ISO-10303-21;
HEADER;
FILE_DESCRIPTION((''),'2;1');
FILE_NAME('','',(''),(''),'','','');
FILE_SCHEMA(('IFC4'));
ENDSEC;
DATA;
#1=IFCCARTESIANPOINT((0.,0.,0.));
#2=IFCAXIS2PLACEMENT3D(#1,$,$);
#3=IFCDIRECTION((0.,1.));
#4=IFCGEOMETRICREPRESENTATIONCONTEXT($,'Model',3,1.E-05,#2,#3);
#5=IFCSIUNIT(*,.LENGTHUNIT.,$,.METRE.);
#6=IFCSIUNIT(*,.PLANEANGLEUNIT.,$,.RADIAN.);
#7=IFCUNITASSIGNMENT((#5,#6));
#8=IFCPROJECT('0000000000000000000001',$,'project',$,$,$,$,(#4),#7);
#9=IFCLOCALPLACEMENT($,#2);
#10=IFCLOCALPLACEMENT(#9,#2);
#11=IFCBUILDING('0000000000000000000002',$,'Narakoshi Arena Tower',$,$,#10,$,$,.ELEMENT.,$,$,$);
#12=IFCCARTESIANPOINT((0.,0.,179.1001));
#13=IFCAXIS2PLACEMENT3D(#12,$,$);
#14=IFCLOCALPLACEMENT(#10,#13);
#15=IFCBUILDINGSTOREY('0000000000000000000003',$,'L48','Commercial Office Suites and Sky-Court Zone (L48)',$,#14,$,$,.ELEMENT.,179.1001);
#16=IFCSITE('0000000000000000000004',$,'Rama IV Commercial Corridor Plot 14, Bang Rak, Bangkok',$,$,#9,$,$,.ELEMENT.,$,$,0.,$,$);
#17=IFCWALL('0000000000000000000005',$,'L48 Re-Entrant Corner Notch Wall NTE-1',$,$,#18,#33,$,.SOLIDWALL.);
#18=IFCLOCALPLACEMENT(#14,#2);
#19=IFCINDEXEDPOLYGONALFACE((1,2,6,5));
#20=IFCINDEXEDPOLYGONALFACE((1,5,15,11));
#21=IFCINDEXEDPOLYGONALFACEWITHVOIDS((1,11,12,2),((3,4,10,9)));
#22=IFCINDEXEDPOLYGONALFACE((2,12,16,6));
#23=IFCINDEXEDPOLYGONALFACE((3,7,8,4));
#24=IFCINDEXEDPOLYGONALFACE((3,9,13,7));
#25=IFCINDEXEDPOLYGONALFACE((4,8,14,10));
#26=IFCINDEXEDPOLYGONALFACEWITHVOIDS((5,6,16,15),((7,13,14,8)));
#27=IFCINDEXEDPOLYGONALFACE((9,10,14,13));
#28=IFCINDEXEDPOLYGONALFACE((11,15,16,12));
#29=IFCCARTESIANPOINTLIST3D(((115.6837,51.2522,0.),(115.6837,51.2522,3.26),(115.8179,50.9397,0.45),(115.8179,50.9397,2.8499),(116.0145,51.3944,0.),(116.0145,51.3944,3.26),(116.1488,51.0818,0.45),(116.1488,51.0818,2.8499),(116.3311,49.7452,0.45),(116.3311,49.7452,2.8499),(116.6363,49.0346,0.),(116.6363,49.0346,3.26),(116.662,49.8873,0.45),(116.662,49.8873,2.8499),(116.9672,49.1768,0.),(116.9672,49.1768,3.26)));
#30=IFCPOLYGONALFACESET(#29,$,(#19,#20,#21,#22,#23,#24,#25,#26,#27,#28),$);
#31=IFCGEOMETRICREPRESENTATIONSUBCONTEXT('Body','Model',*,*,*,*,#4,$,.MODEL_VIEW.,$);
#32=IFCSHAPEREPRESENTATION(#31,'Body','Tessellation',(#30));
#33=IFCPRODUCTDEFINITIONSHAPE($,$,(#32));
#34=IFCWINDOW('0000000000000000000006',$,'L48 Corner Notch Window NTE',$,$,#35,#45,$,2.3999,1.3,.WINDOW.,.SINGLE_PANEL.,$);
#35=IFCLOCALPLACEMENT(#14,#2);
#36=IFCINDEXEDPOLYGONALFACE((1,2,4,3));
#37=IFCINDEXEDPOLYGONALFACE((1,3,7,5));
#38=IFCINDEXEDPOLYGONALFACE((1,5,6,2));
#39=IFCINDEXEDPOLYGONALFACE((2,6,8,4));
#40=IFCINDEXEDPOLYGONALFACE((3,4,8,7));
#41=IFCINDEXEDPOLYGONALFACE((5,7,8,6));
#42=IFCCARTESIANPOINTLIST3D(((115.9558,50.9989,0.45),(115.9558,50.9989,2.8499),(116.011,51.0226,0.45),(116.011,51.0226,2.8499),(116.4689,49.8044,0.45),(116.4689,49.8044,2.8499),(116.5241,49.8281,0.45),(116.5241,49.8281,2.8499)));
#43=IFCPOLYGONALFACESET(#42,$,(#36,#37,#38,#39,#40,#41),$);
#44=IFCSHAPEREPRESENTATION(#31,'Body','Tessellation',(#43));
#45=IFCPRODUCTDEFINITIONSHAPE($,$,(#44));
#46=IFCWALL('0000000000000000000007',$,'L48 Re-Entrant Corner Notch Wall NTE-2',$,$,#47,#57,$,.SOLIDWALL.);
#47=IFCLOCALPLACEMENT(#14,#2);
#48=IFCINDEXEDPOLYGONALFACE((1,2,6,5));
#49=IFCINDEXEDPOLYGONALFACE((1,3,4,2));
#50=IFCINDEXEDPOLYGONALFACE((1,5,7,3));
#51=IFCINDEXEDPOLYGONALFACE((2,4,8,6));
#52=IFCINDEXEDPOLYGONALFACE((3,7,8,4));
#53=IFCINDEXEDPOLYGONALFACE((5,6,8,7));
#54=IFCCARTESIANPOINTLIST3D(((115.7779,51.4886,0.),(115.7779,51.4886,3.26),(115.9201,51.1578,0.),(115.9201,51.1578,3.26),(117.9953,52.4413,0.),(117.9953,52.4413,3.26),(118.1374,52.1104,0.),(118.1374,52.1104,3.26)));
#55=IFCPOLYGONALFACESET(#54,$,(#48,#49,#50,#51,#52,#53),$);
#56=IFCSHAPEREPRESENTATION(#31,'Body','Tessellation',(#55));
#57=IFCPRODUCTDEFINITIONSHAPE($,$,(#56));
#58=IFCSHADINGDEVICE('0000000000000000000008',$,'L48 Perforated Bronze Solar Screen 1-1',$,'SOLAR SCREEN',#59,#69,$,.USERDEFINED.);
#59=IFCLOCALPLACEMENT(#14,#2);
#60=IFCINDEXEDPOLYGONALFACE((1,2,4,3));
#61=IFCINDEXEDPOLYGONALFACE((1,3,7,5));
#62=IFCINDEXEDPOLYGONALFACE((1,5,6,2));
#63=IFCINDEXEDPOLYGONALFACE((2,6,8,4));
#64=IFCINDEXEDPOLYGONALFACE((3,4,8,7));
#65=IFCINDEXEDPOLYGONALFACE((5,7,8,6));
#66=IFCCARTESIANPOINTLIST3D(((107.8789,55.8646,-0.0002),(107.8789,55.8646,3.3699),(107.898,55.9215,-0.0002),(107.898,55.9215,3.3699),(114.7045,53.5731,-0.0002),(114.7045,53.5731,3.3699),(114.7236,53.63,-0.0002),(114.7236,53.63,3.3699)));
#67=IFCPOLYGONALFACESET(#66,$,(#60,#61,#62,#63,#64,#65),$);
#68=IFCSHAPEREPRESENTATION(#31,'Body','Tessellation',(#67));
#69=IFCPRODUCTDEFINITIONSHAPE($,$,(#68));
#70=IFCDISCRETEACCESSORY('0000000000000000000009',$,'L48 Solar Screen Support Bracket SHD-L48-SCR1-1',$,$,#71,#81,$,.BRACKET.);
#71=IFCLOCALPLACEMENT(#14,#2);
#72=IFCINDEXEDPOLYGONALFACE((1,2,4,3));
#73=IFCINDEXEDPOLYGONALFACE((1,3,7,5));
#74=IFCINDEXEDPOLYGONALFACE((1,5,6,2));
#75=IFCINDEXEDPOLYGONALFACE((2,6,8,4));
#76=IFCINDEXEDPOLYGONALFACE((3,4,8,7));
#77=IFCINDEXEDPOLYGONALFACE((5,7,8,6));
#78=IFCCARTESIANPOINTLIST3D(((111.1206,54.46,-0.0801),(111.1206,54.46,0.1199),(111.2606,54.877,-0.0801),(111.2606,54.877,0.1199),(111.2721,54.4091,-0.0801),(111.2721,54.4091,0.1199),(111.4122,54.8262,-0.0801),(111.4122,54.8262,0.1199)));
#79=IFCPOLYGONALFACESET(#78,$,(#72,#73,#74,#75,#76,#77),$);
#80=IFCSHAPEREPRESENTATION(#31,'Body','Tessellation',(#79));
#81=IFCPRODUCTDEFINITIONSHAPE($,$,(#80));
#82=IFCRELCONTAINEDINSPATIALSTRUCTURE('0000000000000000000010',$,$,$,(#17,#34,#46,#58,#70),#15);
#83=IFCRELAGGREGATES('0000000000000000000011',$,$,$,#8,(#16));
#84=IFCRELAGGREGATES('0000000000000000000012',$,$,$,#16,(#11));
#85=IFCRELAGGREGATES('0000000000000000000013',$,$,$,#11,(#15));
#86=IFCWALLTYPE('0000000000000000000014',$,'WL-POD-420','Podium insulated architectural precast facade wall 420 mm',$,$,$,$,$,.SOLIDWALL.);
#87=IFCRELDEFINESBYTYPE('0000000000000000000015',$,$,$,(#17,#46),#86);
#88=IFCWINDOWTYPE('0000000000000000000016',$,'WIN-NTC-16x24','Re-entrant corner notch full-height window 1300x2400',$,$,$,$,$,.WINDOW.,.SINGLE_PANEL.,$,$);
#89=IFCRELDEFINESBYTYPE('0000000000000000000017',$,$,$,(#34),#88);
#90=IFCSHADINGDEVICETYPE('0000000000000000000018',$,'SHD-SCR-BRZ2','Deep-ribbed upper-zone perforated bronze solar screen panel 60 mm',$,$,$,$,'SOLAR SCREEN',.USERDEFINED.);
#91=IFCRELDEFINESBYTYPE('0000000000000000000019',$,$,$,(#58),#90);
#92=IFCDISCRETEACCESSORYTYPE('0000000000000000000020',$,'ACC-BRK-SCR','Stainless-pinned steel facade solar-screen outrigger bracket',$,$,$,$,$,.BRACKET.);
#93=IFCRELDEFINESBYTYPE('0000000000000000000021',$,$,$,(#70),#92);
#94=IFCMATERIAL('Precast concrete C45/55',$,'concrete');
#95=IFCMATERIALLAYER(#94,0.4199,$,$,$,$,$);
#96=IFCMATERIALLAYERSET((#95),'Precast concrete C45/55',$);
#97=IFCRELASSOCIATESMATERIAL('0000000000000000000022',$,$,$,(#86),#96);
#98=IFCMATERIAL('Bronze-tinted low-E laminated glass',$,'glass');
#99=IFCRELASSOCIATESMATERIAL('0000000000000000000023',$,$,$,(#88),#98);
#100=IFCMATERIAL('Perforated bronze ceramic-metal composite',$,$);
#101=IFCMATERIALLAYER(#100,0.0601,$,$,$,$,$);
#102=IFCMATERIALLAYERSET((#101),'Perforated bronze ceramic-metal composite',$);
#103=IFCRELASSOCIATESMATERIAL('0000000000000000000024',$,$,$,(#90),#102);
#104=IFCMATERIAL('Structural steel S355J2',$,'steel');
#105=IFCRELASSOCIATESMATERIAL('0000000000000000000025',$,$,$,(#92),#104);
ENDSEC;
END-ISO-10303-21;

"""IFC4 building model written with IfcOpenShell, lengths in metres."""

from ifc_helpers import new_model, si_unit, direction, frame, frame_2d, origin, origin_2d, place, context, subcontext, project, spatial, rectangle, extrude, material, layer, layer_set, type_object, element, fill, save


model = new_model("IFC4")

# Units and contexts
model_context = context("Model", 3, precision=1e-05, world=origin(), true_north=direction((0.0, 1.0)))
body_context = subcontext(model_context, "Body", "Model", "MODEL_VIEW")
ifc_project = project(units=[si_unit("LENGTHUNIT", "METRE"), si_unit("PLANEANGLEUNIT", "RADIAN")], contexts=[model_context])

# Site, building, storey
site_placement = place(None, origin())
site = spatial("IfcSite", under=ifc_project, at=site_placement, Name="Rama IV Commercial Corridor Plot 14, Bang Rak, Bangkok", CompositionType="ELEMENT", RefElevation=0.0)
building_placement = place(site_placement, origin())
building = spatial("IfcBuilding", under=site, at=building_placement, Name="Narakoshi Arena Tower", CompositionType="ELEMENT")
storey_placement = place(building_placement, frame((0.0, 0.0, 179.1001)))
storey = spatial("IfcBuildingStorey", under=building, at=storey_placement, Name="L48", Description="Commercial Office Suites and Sky-Court Zone (L48)", CompositionType="ELEMENT", Elevation=179.1001)

# Shared definitions
ifc_material_1 = material(Name="Structural steel S355J2", Category="steel")

# Shared definitions
ifc_material_2 = material(Name="Bronze-tinted low-E laminated glass", Category="glass")

# Shared definitions
ifc_material_3 = material(Name="Precast concrete C45/55", Category="concrete")

# Wall, opening, window
ifc_layer_1 = layer(ifc_material_3, 0.4199)
ifc_layer_set_1 = layer_set([ifc_layer_1], Name="Precast concrete C45/55")
wall_type_1 = type_object("IfcWallType", Name="WL-POD-420", Description="Podium insulated architectural precast facade wall 420 mm", PredefinedType="SOLIDWALL", material=ifc_layer_set_1)
wall_1_placement = place(storey_placement, frame((116.8018, 49.1057, 0.0), z_axis=(0.0, 0.0, 1.0), x_axis=(-0.394713, 0.918805, 0.0)))
wall_1 = element("IfcWall", 1, at=wall_1_placement, inside=storey, type_object=wall_type_1, Name="L48 Re-Entrant Corner Notch Wall NTE-1", PredefinedType="SOLIDWALL", context=body_context, shape_type="SweptSolid", body=[
    extrude(rectangle(XDim=2.4136, YDim=0.3601, at=frame_2d((1.2068, 0.0))), origin(), (0.0, 0.0, 1.0), 3.26),
])
opening_1_placement = place(wall_1_placement, frame((0.7734, 0.0, 0.45)))
opening_1 = element("IfcOpeningElement", 2, at=opening_1_placement, cuts=wall_1, PredefinedType="OPENING", context=body_context, shape_type="SweptSolid", body=[
    extrude(rectangle(XDim=1.3, YDim=2.3999, at=frame_2d((0.6499, 1.2))), frame((0.0, 0.1899, 0.0), z_axis=(0.0, -1.0, 0.0), x_axis=(1.0, 0.0, 0.0)), (0.0, 0.0, 1.0), 0.3801),
])
window_type_1 = type_object("IfcWindowType", Name="WIN-NTC-16x24", Description="Re-entrant corner notch full-height window 1300x2400", PartitioningType="SINGLE_PANEL", PredefinedType="WINDOW", material=ifc_material_2)
window_1_placement = place(opening_1_placement, origin())
window_1 = element("IfcWindow", 3, at=window_1_placement, inside=storey, type_object=window_type_1, Name="L48 Corner Notch Window NTE", OverallHeight=2.3999, OverallWidth=1.3, PartitioningType="SINGLE_PANEL", PredefinedType="WINDOW", context=body_context, shape_type="SweptSolid", body=[
    extrude(rectangle(XDim=1.3, YDim=2.3999, at=frame_2d((0.6499, 1.2))), frame((0.0, 0.03, 0.0), z_axis=(0.0, -1.0, 0.0), x_axis=(1.0, 0.0, 0.0)), (0.0, 0.0, 1.0), 0.0601),
])
fill(opening_1, window_1)

# Wall
wall_2_placement = place(storey_placement, frame((115.8491, 51.3232, 0.0), z_axis=(0.0, 0.0, 1.0), x_axis=(0.918789, 0.394749, 0.0)))
element("IfcWall", 4, at=wall_2_placement, inside=storey, type_object=wall_type_1, Name="L48 Re-Entrant Corner Notch Wall NTE-2", PredefinedType="SOLIDWALL", context=body_context, shape_type="SweptSolid", body=[
    extrude(rectangle(XDim=2.4133, YDim=0.3601, at=frame_2d((1.2065, 0.0))), origin(), (0.0, 0.0, 1.0), 3.26),
])

# Shading device
ifc_material_4 = material(Name="Perforated bronze ceramic-metal composite")
ifc_layer_2 = layer(ifc_material_4, 0.0601)
ifc_layer_set_2 = layer_set([ifc_layer_2], Name="Perforated bronze ceramic-metal composite")
shading_device_type = type_object("IfcShadingDeviceType", Name="SHD-SCR-BRZ2", Description="Deep-ribbed upper-zone perforated bronze solar screen panel 60 mm", ElementType="SOLAR SCREEN", PredefinedType="USERDEFINED", material=ifc_layer_set_2)
shading_device_placement = place(storey_placement, frame((111.3013, 54.7473, -0.0002), z_axis=(0.0, 0.0, 1.0), x_axis=(-0.948002, 0.318264, 0.0)))
element("IfcShadingDevice", 5, at=shading_device_placement, inside=storey, type_object=shading_device_type, Name="L48 Perforated Bronze Solar Screen 1-1", ObjectType="SOLAR SCREEN", PredefinedType="USERDEFINED", context=body_context, shape_type="SweptSolid", body=[
    extrude(rectangle(XDim=7.2, YDim=0.0601, at=origin_2d()), origin(), (0.0, 0.0, 1.0), 3.3701),
])

# Discrete accessory
discrete_accessory_type = type_object("IfcDiscreteAccessoryType", Name="ACC-BRK-SCR", Description="Stainless-pinned steel facade solar-screen outrigger bracket", PredefinedType="BRACKET", material=ifc_material_1)
discrete_accessory_placement = place(storey_placement, frame((111.2664, 54.6431, -0.0801), z_axis=(0.0, 0.0, 1.0), x_axis=(-0.948002, 0.318264, 0.0)))
element("IfcDiscreteAccessory", 6, at=discrete_accessory_placement, inside=storey, type_object=discrete_accessory_type, Name="L48 Solar Screen Support Bracket SHD-L48-SCR1-1", PredefinedType="BRACKET", context=body_context, shape_type="SweptSolid", body=[
    extrude(rectangle(XDim=0.1599, YDim=0.4399, at=origin_2d()), origin(), (0.0, 0.0, 1.0), 0.2),
])

save(model, "model.ifc")
